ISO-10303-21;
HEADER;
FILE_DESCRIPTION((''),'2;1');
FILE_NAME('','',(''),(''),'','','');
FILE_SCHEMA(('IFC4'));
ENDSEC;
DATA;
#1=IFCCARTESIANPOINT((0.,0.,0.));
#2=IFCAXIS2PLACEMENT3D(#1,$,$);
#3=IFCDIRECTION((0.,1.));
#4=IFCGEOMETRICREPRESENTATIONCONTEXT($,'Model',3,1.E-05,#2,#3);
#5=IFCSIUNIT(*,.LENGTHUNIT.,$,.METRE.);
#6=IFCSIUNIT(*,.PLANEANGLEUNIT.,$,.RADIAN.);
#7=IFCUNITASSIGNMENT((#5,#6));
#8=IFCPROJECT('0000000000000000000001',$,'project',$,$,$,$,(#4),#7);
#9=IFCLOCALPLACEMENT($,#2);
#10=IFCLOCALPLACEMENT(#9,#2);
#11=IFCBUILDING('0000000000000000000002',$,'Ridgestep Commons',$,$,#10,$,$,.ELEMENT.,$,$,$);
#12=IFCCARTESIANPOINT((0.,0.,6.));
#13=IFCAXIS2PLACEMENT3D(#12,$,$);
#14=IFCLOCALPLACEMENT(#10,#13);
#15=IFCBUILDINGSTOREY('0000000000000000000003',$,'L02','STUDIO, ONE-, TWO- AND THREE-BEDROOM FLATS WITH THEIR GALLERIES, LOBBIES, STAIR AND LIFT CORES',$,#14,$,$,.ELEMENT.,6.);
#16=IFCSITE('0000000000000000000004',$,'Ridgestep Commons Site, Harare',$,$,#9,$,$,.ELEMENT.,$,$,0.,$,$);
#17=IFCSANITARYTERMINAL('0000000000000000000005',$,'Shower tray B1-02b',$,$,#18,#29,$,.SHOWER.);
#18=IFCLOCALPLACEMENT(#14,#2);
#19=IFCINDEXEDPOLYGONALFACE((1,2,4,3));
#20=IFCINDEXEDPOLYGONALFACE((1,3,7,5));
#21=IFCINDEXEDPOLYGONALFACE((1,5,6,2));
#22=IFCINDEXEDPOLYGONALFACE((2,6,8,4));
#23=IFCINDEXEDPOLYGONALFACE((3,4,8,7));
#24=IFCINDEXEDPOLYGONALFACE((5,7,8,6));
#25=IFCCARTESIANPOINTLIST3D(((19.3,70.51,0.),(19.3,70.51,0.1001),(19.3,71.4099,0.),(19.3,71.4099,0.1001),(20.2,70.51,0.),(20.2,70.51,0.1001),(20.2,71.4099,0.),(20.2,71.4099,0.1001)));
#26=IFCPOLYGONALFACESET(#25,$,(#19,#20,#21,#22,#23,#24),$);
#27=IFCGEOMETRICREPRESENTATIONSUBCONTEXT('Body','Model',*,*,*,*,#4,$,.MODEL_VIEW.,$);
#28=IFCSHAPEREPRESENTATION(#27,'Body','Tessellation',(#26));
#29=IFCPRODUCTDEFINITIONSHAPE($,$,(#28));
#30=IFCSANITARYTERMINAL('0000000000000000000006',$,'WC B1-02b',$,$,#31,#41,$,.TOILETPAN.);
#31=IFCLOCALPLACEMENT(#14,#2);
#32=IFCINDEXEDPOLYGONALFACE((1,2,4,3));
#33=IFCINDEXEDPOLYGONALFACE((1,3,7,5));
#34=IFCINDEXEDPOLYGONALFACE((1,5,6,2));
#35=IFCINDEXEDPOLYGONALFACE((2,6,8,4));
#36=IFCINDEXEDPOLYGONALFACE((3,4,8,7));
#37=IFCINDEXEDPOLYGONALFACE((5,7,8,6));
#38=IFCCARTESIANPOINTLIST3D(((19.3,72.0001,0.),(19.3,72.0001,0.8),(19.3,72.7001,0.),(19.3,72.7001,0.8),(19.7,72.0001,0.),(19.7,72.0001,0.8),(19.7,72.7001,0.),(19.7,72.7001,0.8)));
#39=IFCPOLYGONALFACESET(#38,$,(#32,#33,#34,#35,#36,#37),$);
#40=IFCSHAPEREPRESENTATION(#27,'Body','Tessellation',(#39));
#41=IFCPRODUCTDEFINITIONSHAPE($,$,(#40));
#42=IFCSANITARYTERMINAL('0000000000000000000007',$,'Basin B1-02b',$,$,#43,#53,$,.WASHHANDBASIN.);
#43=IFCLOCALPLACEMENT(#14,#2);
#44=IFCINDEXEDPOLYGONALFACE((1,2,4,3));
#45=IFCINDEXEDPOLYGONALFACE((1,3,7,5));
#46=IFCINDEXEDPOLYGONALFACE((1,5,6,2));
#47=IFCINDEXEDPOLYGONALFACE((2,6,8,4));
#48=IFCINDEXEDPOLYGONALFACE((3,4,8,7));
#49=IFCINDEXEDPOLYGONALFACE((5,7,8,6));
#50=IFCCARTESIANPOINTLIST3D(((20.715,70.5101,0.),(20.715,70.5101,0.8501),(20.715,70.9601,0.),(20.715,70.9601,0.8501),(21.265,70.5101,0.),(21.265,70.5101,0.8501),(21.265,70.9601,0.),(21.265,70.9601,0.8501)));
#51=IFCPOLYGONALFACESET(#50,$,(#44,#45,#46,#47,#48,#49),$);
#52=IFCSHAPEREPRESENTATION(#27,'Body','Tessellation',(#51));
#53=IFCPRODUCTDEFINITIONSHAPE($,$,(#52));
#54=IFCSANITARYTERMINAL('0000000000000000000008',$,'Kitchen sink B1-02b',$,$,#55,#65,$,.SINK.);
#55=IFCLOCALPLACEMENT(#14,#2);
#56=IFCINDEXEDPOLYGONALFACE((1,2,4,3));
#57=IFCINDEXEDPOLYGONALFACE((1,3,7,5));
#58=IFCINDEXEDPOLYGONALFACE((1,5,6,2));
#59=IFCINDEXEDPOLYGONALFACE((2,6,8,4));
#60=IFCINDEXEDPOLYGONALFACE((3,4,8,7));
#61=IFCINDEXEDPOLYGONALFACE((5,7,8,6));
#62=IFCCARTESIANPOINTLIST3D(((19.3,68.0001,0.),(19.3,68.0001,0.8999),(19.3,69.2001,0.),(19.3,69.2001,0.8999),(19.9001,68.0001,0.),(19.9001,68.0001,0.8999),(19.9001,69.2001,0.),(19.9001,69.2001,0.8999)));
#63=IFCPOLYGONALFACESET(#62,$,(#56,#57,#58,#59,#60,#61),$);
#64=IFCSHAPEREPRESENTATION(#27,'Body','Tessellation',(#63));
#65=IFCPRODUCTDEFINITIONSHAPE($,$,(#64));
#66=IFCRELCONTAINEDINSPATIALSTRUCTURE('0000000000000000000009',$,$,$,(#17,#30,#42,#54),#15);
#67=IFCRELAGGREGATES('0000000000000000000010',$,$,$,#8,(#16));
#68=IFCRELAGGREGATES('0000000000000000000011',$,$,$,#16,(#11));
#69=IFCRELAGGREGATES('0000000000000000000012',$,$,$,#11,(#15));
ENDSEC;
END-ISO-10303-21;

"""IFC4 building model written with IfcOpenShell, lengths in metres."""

from ifc_helpers import new_model, si_unit, direction, frame, origin, origin_2d, place, context, subcontext, project, spatial, rectangle, extrude, element, save


model = new_model("IFC4")

# Units and contexts
model_context = context("Model", 3, precision=1e-05, world=origin(), true_north=direction((0.0, 1.0)))
body_context = subcontext(model_context, "Body", "Model", "MODEL_VIEW")
ifc_project = project(units=[si_unit("LENGTHUNIT", "METRE"), si_unit("PLANEANGLEUNIT", "RADIAN")], contexts=[model_context])

# Site, building, storey
site_placement = place(None, origin())
site = spatial("IfcSite", under=ifc_project, at=site_placement, Name="Ridgestep Commons Site, Harare", CompositionType="ELEMENT", RefElevation=0.0)
building_placement = place(site_placement, origin())
building = spatial("IfcBuilding", under=site, at=building_placement, Name="Ridgestep Commons", CompositionType="ELEMENT")
storey_placement = place(building_placement, frame((0.0, 0.0, 6.0)))
storey = spatial("IfcBuildingStorey", under=building, at=storey_placement, Name="L02", Description="STUDIO, ONE-, TWO- AND THREE-BEDROOM FLATS WITH THEIR GALLERIES, LOBBIES, STAIR AND LIFT CORES", CompositionType="ELEMENT", Elevation=6.0)

# Sanitary terminals
sanitary_terminal_1_placement = place(storey_placement, frame((19.75, 70.96, 0.0), z_axis=(0.0, 0.0, 1.0), x_axis=(1.0, 0.0, 0.0)))
element("IfcSanitaryTerminal", 1, at=sanitary_terminal_1_placement, inside=storey, Name="Shower tray B1-02b", PredefinedType="SHOWER", context=body_context, shape_type="SweptSolid", body=[
    extrude(rectangle(XDim=0.8999, YDim=0.8999, at=origin_2d()), origin(), (0.0, 0.0, 1.0), 0.1001),
])
sanitary_terminal_2_placement = place(storey_placement, frame((19.5, 72.3501, 0.0), z_axis=(0.0, 0.0, 1.0), x_axis=(1.0, 0.0, 0.0)))
element("IfcSanitaryTerminal", 2, at=sanitary_terminal_2_placement, inside=storey, Name="WC B1-02b", PredefinedType="TOILETPAN", context=body_context, shape_type="SweptSolid", body=[
    extrude(rectangle(XDim=0.3999, YDim=0.7, at=origin_2d()), origin(), (0.0, 0.0, 1.0), 0.8),
])
sanitary_terminal_3_placement = place(storey_placement, frame((20.99, 70.7351, 0.0), z_axis=(0.0, 0.0, 1.0), x_axis=(1.0, 0.0, 0.0)))
element("IfcSanitaryTerminal", 3, at=sanitary_terminal_3_placement, inside=storey, Name="Basin B1-02b", PredefinedType="WASHHANDBASIN", context=body_context, shape_type="SweptSolid", body=[
    extrude(rectangle(XDim=0.55, YDim=0.45, at=origin_2d()), origin(), (0.0, 0.0, 1.0), 0.8501),
])
sanitary_terminal_4_placement = place(storey_placement, frame((19.6001, 68.6001, 0.0), z_axis=(0.0, 0.0, 1.0), x_axis=(1.0, 0.0, 0.0)))
element("IfcSanitaryTerminal", 4, at=sanitary_terminal_4_placement, inside=storey, Name="Kitchen sink B1-02b", PredefinedType="SINK", context=body_context, shape_type="SweptSolid", body=[
    extrude(rectangle(XDim=0.6001, YDim=1.2, at=origin_2d()), origin(), (0.0, 0.0, 1.0), 0.8999),
])

save(model, "model.ifc")
